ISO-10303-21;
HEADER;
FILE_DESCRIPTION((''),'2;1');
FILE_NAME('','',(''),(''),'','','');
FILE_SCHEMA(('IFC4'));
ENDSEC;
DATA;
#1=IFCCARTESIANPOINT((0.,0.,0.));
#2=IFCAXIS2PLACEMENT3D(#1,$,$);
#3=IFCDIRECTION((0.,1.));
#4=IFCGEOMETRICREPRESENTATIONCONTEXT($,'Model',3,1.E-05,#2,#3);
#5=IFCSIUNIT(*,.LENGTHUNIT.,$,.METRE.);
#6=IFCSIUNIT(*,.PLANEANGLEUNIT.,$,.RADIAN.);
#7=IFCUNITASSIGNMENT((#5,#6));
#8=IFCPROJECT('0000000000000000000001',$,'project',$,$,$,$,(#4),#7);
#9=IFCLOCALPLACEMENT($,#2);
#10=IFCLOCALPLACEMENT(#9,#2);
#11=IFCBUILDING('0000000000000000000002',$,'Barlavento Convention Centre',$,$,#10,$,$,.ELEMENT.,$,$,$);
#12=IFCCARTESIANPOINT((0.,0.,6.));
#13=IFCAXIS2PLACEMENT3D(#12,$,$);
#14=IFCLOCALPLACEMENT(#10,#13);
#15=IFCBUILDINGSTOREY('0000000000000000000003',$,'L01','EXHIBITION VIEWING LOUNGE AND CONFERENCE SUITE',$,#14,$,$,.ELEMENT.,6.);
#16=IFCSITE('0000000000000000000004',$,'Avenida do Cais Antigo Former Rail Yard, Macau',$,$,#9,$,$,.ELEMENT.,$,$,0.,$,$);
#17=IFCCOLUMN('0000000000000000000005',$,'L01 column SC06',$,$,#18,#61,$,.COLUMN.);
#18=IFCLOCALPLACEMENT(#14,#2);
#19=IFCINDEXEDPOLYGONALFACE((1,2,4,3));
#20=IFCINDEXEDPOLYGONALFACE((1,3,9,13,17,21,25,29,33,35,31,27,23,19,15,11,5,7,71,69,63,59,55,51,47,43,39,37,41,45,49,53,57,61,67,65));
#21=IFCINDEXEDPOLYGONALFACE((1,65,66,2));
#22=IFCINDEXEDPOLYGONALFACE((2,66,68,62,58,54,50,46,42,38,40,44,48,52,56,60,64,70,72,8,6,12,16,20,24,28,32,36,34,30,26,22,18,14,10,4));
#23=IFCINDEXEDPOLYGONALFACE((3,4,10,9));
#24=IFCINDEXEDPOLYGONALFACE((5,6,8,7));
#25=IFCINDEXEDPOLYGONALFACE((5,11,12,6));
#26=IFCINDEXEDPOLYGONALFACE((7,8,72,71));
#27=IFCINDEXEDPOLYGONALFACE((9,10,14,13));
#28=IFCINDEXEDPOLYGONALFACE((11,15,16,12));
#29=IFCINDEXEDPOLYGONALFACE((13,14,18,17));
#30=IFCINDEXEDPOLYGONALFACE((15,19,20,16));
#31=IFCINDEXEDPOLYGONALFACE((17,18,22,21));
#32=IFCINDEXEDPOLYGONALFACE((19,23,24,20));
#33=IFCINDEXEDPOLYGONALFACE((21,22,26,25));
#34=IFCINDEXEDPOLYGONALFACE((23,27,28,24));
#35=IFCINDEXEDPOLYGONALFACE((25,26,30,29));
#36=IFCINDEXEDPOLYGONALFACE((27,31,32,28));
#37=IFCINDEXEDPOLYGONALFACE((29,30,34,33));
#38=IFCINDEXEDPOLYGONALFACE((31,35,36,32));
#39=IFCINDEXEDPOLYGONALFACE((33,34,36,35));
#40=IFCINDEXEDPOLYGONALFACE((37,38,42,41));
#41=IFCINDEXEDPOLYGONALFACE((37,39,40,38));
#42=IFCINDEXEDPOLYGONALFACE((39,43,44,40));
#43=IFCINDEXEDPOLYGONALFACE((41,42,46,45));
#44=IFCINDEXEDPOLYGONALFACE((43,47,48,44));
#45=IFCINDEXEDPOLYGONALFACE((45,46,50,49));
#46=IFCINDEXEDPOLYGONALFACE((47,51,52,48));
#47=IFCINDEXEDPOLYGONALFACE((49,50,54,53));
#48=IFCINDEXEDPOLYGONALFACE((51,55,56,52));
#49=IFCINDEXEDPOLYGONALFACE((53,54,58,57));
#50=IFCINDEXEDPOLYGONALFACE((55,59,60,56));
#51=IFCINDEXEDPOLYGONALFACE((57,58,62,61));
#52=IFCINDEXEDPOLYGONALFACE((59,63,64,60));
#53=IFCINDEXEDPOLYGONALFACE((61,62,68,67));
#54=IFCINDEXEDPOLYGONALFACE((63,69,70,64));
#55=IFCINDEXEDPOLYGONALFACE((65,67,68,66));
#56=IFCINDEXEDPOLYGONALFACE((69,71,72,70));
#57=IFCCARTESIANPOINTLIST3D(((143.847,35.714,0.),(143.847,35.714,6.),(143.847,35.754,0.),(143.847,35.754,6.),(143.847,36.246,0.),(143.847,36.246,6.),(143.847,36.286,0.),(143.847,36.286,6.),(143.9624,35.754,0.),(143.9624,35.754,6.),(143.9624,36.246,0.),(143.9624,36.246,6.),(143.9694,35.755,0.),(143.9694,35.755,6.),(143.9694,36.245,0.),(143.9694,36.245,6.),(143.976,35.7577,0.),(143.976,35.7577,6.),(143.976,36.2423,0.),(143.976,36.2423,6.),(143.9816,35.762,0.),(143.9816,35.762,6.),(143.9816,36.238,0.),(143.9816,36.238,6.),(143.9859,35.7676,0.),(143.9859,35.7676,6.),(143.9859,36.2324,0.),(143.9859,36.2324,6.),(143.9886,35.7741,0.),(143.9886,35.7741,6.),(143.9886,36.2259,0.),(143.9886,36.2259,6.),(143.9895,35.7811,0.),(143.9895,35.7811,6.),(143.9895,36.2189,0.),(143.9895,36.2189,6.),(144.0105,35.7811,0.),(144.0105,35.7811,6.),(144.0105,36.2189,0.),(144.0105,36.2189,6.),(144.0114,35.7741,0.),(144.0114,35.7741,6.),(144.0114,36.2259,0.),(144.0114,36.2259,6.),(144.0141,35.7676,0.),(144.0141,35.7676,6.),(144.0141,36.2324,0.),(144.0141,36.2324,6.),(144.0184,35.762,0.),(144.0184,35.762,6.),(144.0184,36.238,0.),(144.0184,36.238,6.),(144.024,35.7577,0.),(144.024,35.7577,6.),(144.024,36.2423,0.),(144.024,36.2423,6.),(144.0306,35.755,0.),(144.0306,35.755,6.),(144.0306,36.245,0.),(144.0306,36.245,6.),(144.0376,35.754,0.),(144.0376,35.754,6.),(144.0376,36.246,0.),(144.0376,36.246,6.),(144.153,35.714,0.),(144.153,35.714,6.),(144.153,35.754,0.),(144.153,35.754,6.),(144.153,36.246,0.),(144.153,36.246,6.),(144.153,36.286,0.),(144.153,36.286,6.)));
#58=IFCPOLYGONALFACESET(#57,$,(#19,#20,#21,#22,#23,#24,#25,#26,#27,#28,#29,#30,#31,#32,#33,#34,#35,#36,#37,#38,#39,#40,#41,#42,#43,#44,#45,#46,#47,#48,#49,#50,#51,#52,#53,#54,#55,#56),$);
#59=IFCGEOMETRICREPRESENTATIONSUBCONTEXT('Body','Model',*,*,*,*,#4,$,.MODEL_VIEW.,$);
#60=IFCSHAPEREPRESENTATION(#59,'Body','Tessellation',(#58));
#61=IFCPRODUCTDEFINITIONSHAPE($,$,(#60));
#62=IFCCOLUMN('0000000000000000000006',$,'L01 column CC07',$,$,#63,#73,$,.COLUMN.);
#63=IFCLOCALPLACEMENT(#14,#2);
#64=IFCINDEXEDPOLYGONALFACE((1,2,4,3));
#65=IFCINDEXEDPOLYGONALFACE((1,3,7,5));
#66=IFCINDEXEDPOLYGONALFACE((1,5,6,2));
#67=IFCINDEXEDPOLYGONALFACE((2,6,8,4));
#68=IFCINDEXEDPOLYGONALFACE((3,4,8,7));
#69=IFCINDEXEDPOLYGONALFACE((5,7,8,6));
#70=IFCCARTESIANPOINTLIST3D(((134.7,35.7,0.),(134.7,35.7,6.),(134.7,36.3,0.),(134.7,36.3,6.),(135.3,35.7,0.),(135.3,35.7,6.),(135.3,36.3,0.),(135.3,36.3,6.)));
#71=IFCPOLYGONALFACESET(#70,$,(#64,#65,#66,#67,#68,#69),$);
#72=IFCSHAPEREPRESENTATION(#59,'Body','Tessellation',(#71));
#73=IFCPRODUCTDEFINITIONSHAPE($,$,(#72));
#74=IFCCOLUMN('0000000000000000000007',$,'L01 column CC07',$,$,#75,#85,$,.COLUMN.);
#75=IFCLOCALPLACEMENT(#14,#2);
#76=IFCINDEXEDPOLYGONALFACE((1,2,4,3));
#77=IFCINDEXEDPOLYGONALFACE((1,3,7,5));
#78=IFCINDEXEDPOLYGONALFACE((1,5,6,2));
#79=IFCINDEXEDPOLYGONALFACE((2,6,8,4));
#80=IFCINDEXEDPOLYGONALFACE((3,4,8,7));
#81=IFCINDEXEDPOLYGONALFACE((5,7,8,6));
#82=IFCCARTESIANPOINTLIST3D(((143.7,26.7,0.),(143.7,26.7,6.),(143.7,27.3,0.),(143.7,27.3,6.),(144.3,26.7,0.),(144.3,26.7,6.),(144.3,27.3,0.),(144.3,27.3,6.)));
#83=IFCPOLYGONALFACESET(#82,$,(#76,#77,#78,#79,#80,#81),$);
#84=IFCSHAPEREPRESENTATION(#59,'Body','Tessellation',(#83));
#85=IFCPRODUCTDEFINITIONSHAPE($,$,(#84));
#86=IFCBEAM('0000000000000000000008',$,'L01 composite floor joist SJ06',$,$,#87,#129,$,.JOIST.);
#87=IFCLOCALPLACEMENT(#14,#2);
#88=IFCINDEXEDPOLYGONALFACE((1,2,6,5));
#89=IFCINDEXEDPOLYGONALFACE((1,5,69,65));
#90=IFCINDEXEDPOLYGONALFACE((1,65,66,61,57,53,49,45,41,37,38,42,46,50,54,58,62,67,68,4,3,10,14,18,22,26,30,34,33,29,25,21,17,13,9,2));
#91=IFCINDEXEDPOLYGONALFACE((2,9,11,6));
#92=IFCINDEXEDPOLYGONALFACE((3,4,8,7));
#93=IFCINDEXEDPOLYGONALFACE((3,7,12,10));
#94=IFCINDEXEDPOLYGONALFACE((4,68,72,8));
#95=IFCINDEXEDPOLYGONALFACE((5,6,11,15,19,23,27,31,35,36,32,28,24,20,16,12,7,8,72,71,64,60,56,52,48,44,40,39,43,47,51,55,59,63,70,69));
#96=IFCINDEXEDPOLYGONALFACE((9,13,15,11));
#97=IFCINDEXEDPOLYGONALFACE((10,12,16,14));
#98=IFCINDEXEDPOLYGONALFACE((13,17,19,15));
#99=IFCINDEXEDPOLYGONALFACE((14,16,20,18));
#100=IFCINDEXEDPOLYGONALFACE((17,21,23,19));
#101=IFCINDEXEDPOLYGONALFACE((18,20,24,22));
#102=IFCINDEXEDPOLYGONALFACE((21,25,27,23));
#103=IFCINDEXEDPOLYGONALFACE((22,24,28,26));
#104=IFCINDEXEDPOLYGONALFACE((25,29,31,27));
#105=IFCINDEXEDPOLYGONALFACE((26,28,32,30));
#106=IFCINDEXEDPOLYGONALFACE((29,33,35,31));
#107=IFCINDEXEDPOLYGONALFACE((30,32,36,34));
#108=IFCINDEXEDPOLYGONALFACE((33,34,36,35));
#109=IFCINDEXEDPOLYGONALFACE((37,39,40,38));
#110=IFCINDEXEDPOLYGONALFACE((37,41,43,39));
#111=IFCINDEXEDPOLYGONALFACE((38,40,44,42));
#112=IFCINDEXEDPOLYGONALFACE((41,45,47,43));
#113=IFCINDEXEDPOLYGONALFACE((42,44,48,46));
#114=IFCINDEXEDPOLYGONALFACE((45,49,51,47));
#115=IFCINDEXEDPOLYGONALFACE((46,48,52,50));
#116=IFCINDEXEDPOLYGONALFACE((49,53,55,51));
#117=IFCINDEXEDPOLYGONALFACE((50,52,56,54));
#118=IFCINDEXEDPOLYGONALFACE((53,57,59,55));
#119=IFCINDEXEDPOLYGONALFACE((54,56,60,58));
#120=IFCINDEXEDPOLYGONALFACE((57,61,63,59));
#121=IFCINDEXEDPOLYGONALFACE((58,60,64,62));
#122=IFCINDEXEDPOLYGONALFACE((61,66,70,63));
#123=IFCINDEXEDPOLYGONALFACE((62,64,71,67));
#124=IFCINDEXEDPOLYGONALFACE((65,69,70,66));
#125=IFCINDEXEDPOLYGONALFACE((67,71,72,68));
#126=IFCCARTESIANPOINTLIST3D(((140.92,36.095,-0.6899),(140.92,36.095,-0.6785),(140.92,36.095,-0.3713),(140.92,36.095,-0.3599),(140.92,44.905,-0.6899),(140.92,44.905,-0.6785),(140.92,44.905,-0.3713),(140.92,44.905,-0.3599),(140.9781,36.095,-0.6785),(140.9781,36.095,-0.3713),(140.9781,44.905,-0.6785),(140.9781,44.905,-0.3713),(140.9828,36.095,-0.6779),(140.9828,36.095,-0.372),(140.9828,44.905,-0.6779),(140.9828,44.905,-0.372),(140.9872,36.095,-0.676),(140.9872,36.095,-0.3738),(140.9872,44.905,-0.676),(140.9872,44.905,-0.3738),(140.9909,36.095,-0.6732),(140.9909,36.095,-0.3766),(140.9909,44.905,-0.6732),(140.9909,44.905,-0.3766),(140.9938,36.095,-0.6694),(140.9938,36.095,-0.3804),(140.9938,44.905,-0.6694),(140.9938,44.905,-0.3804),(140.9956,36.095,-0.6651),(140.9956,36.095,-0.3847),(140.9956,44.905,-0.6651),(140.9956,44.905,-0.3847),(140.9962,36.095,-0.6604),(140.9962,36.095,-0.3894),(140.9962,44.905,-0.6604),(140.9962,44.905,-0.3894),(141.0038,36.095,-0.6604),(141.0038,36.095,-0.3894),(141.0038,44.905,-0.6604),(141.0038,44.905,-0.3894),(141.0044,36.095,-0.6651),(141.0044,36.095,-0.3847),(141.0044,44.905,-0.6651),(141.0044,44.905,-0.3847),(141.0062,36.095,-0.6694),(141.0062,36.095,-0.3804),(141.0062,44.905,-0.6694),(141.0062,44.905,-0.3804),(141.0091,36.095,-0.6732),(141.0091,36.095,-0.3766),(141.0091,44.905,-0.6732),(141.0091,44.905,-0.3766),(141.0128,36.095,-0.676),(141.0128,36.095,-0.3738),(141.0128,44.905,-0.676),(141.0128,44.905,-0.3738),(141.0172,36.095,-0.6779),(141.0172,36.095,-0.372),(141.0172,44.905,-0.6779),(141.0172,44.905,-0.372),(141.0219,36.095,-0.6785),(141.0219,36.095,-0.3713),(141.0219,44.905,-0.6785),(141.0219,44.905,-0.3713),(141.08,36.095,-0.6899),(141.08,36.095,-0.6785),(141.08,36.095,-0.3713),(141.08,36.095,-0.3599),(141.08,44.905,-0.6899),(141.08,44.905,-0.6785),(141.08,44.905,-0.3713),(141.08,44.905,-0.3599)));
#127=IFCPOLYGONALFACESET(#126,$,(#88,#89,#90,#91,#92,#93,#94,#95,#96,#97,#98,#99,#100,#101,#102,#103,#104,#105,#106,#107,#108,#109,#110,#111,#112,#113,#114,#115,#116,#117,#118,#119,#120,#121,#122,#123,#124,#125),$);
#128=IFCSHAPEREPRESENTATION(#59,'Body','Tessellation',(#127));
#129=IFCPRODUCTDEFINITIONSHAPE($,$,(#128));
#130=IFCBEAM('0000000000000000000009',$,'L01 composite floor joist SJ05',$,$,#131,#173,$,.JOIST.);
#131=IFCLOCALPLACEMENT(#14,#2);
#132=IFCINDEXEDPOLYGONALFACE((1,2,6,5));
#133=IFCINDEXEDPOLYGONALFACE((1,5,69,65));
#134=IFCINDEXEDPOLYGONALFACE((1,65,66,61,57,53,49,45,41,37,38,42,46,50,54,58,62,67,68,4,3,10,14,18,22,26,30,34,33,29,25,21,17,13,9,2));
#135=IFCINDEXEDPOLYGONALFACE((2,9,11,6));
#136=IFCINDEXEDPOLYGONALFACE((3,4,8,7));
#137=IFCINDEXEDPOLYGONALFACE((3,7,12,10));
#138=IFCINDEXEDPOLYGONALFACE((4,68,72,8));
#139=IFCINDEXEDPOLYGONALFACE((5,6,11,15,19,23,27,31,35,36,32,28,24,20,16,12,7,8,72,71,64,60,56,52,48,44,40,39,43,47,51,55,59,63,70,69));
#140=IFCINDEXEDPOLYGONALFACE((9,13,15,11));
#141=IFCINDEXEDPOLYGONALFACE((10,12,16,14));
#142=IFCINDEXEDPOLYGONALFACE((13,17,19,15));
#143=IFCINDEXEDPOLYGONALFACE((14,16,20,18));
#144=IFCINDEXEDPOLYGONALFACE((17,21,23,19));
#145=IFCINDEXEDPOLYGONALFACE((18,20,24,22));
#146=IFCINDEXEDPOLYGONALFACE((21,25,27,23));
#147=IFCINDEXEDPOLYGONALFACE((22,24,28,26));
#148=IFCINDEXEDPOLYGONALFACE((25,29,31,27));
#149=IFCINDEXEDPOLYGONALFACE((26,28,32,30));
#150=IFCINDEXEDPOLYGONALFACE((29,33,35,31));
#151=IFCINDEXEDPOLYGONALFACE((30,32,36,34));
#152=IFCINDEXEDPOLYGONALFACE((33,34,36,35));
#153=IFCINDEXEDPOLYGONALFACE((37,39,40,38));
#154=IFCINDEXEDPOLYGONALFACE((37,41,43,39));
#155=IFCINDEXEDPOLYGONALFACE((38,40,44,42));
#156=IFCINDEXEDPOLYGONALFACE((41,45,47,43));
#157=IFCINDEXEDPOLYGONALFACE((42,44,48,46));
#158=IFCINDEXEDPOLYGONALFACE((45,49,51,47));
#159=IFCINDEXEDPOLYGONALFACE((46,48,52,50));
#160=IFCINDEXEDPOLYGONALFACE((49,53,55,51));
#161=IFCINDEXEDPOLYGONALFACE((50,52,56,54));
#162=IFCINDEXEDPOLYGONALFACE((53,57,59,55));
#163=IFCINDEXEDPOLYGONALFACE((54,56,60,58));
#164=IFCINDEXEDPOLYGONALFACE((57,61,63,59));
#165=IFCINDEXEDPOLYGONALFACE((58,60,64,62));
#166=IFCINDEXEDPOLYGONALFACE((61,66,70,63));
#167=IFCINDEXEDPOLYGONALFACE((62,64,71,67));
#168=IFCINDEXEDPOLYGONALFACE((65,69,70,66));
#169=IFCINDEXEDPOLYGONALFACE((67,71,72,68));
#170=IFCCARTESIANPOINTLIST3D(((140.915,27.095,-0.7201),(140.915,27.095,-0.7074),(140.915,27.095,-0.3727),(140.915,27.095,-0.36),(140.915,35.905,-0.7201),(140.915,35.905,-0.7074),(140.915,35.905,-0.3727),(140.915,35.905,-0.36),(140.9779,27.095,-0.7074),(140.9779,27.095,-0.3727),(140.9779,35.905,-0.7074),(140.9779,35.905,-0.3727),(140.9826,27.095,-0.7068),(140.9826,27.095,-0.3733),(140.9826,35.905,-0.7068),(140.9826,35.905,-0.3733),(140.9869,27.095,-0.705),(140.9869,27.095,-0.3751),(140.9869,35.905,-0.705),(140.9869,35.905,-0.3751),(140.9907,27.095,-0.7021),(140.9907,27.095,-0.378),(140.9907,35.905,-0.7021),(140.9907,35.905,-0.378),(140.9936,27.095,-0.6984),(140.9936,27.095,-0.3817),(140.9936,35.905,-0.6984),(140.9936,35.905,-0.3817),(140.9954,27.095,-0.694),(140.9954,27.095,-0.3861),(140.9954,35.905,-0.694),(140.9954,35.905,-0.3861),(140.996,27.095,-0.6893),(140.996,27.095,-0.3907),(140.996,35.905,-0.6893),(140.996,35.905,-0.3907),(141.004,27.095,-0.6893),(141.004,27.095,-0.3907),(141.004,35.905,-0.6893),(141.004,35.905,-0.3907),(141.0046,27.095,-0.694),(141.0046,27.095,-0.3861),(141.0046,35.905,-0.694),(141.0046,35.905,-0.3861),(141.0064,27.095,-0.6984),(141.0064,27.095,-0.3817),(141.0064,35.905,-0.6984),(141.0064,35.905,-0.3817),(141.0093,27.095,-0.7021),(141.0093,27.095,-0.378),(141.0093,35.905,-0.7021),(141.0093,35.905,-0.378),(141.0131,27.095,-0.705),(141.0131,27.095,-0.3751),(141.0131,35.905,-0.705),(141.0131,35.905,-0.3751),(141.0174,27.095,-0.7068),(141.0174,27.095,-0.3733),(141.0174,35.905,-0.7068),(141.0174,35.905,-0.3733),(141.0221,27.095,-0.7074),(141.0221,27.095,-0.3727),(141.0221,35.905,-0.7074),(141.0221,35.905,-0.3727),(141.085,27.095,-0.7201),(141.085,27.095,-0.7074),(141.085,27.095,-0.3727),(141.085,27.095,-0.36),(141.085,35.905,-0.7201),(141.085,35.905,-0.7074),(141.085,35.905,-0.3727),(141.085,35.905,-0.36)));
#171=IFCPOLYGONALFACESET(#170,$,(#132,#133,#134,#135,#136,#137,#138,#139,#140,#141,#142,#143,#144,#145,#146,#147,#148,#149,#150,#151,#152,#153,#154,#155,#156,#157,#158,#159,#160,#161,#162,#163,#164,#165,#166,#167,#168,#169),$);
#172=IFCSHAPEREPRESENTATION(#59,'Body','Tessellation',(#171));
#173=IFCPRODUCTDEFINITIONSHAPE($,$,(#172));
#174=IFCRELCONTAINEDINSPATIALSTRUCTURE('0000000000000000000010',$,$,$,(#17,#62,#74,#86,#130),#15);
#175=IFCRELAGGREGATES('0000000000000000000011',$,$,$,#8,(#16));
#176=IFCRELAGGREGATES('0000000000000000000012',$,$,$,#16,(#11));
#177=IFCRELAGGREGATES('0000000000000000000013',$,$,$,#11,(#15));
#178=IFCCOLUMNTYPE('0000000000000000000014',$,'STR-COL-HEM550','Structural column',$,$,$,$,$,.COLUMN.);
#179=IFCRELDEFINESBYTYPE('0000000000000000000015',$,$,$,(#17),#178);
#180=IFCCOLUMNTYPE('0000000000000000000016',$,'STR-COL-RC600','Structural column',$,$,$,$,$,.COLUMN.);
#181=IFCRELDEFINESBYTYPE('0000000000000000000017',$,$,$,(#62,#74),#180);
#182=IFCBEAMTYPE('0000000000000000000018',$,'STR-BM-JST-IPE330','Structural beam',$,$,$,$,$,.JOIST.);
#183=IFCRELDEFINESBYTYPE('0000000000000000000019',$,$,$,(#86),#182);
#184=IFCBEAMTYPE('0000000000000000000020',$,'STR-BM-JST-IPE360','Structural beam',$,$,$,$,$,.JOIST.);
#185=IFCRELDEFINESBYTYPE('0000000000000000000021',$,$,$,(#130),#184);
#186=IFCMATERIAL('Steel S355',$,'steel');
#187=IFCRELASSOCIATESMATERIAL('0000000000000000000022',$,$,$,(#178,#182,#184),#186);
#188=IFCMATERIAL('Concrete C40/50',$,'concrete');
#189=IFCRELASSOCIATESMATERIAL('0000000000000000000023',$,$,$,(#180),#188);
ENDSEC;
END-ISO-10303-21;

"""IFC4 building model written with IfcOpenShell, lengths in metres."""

from ifc_helpers import new_model, si_unit, direction, frame, origin, origin_2d, place, context, subcontext, project, spatial, rectangle, i_section, extrude, material, material_profile, profile_set, type_object, element, save


model = new_model("IFC4")

# Units and contexts
model_context = context("Model", 3, precision=1e-05, world=origin(), true_north=direction((0.0, 1.0)))
body_context = subcontext(model_context, "Body", "Model", "MODEL_VIEW")
ifc_project = project(units=[si_unit("LENGTHUNIT", "METRE"), si_unit("PLANEANGLEUNIT", "RADIAN")], contexts=[model_context])

# Site, building, storey
site_placement = place(None, origin())
site = spatial("IfcSite", under=ifc_project, at=site_placement, Name="Avenida do Cais Antigo Former Rail Yard, Macau", CompositionType="ELEMENT", RefElevation=0.0)
building_placement = place(site_placement, origin())
building = spatial("IfcBuilding", under=site, at=building_placement, Name="Barlavento Convention Centre", CompositionType="ELEMENT")
storey_placement = place(building_placement, frame((0.0, 0.0, 6.0)))
storey = spatial("IfcBuildingStorey", under=building, at=storey_placement, Name="L01", Description="EXHIBITION VIEWING LOUNGE AND CONFERENCE SUITE", CompositionType="ELEMENT", Elevation=6.0)

# Columns
ifc_material_1 = material(Name="Steel S355", Category="steel")
ifc_material_profile_1 = material_profile(ifc_material_1, i_section(OverallWidth=0.3059, OverallDepth=0.572, WebThickness=0.021, FlangeThickness=0.04, FilletRadius=0.0271, at=origin_2d()), Name="HEM 550")
ifc_profile_set_1 = profile_set([ifc_material_profile_1], Name="Steel S355")
column_type_1 = type_object("IfcColumnType", Name="STR-COL-HEM550", Description="Structural column", PredefinedType="COLUMN", material=ifc_profile_set_1)
for number, where, z_axis, x_axis, name in (
    (1, (144.0, 36.0, 0.0), (0.0, 0.0, 1.0), (1.0, 0.0, 0.0), "L01 column SC06"),
):
    element("IfcColumn", number, at=place(storey_placement, frame(where, z_axis=z_axis, x_axis=x_axis)), inside=storey, type_object=column_type_1, Name=name, PredefinedType="COLUMN", context=body_context, shape_type="SweptSolid", body=[
        extrude(i_section(OverallWidth=0.3059, OverallDepth=0.572, WebThickness=0.021, FlangeThickness=0.04, FilletRadius=0.0271, at=origin_2d()), origin(), (0.0, 0.0, 1.0), 6.0),
    ])
ifc_material_2 = material(Name="Concrete C40/50", Category="concrete")
ifc_material_profile_2 = material_profile(ifc_material_2, rectangle(XDim=0.6001, YDim=0.6001, at=origin_2d()), Name="RC 600x600")
ifc_profile_set_2 = profile_set([ifc_material_profile_2], Name="Concrete C40/50")
column_type_2 = type_object("IfcColumnType", Name="STR-COL-RC600", Description="Structural column", PredefinedType="COLUMN", material=ifc_profile_set_2)
for number, where, z_axis, x_axis, name in (
    (2, (135.0, 36.0, 0.0), (0.0, 0.0, 1.0), (1.0, 0.0, 0.0), "L01 column CC07"),
    (3, (144.0, 27.0, 0.0), (0.0, 0.0, 1.0), (1.0, 0.0, 0.0), "L01 column CC07"),
):
    element("IfcColumn", number, at=place(storey_placement, frame(where, z_axis=z_axis, x_axis=x_axis)), inside=storey, type_object=column_type_2, Name=name, PredefinedType="COLUMN", context=body_context, shape_type="SweptSolid", body=[
        extrude(rectangle(XDim=0.6001, YDim=0.6001, at=origin_2d()), origin(), (0.0, 0.0, 1.0), 6.0),
    ])

# Beams
ifc_material_profile_3 = material_profile(ifc_material_1, i_section(OverallWidth=0.1599, OverallDepth=0.3301, WebThickness=0.0076, FlangeThickness=0.0115, FilletRadius=0.0181, at=origin_2d()), Name="IPE 330")
ifc_profile_set_3 = profile_set([ifc_material_profile_3], Name="Steel S355")
beam_type_1 = type_object("IfcBeamType", Name="STR-BM-JST-IPE330", Description="Structural beam", PredefinedType="JOIST", material=ifc_profile_set_3)
beam_1_placement = place(storey_placement, frame((141.0, 36.095, -0.5249), z_axis=(0.0, 1.0, 0.0), x_axis=(-1.0, 0.0, 0.0)))
element("IfcBeam", 4, at=beam_1_placement, inside=storey, type_object=beam_type_1, Name="L01 composite floor joist SJ06", PredefinedType="JOIST", context=body_context, shape_type="SweptSolid", body=[
    extrude(i_section(OverallWidth=0.1599, OverallDepth=0.3301, WebThickness=0.0076, FlangeThickness=0.0115, FilletRadius=0.0181, at=origin_2d()), origin(), (0.0, 0.0, 1.0), 8.8101),
])
ifc_material_profile_4 = material_profile(ifc_material_1, i_section(OverallWidth=0.1699, OverallDepth=0.3601, WebThickness=0.0081, FlangeThickness=0.0127, FilletRadius=0.0181, at=origin_2d()), Name="IPE 360")
ifc_profile_set_4 = profile_set([ifc_material_profile_4], Name="Steel S355")
beam_type_2 = type_object("IfcBeamType", Name="STR-BM-JST-IPE360", Description="Structural beam", PredefinedType="JOIST", material=ifc_profile_set_4)
for number, where, z_axis, x_axis, name in (
    (5, (141.0, 27.095, -0.54), (0.0, 1.0, 0.0), (-1.0, 0.0, 0.0), "L01 composite floor joist SJ05"),
):
    element("IfcBeam", number, at=place(storey_placement, frame(where, z_axis=z_axis, x_axis=x_axis)), inside=storey, type_object=beam_type_2, Name=name, PredefinedType="JOIST", context=body_context, shape_type="SweptSolid", body=[
        extrude(i_section(OverallWidth=0.1699, OverallDepth=0.3601, WebThickness=0.0081, FlangeThickness=0.0127, FilletRadius=0.0181, at=origin_2d()), origin(), (0.0, 0.0, 1.0), 8.8101),
    ])

save(model, "model.ifc")
